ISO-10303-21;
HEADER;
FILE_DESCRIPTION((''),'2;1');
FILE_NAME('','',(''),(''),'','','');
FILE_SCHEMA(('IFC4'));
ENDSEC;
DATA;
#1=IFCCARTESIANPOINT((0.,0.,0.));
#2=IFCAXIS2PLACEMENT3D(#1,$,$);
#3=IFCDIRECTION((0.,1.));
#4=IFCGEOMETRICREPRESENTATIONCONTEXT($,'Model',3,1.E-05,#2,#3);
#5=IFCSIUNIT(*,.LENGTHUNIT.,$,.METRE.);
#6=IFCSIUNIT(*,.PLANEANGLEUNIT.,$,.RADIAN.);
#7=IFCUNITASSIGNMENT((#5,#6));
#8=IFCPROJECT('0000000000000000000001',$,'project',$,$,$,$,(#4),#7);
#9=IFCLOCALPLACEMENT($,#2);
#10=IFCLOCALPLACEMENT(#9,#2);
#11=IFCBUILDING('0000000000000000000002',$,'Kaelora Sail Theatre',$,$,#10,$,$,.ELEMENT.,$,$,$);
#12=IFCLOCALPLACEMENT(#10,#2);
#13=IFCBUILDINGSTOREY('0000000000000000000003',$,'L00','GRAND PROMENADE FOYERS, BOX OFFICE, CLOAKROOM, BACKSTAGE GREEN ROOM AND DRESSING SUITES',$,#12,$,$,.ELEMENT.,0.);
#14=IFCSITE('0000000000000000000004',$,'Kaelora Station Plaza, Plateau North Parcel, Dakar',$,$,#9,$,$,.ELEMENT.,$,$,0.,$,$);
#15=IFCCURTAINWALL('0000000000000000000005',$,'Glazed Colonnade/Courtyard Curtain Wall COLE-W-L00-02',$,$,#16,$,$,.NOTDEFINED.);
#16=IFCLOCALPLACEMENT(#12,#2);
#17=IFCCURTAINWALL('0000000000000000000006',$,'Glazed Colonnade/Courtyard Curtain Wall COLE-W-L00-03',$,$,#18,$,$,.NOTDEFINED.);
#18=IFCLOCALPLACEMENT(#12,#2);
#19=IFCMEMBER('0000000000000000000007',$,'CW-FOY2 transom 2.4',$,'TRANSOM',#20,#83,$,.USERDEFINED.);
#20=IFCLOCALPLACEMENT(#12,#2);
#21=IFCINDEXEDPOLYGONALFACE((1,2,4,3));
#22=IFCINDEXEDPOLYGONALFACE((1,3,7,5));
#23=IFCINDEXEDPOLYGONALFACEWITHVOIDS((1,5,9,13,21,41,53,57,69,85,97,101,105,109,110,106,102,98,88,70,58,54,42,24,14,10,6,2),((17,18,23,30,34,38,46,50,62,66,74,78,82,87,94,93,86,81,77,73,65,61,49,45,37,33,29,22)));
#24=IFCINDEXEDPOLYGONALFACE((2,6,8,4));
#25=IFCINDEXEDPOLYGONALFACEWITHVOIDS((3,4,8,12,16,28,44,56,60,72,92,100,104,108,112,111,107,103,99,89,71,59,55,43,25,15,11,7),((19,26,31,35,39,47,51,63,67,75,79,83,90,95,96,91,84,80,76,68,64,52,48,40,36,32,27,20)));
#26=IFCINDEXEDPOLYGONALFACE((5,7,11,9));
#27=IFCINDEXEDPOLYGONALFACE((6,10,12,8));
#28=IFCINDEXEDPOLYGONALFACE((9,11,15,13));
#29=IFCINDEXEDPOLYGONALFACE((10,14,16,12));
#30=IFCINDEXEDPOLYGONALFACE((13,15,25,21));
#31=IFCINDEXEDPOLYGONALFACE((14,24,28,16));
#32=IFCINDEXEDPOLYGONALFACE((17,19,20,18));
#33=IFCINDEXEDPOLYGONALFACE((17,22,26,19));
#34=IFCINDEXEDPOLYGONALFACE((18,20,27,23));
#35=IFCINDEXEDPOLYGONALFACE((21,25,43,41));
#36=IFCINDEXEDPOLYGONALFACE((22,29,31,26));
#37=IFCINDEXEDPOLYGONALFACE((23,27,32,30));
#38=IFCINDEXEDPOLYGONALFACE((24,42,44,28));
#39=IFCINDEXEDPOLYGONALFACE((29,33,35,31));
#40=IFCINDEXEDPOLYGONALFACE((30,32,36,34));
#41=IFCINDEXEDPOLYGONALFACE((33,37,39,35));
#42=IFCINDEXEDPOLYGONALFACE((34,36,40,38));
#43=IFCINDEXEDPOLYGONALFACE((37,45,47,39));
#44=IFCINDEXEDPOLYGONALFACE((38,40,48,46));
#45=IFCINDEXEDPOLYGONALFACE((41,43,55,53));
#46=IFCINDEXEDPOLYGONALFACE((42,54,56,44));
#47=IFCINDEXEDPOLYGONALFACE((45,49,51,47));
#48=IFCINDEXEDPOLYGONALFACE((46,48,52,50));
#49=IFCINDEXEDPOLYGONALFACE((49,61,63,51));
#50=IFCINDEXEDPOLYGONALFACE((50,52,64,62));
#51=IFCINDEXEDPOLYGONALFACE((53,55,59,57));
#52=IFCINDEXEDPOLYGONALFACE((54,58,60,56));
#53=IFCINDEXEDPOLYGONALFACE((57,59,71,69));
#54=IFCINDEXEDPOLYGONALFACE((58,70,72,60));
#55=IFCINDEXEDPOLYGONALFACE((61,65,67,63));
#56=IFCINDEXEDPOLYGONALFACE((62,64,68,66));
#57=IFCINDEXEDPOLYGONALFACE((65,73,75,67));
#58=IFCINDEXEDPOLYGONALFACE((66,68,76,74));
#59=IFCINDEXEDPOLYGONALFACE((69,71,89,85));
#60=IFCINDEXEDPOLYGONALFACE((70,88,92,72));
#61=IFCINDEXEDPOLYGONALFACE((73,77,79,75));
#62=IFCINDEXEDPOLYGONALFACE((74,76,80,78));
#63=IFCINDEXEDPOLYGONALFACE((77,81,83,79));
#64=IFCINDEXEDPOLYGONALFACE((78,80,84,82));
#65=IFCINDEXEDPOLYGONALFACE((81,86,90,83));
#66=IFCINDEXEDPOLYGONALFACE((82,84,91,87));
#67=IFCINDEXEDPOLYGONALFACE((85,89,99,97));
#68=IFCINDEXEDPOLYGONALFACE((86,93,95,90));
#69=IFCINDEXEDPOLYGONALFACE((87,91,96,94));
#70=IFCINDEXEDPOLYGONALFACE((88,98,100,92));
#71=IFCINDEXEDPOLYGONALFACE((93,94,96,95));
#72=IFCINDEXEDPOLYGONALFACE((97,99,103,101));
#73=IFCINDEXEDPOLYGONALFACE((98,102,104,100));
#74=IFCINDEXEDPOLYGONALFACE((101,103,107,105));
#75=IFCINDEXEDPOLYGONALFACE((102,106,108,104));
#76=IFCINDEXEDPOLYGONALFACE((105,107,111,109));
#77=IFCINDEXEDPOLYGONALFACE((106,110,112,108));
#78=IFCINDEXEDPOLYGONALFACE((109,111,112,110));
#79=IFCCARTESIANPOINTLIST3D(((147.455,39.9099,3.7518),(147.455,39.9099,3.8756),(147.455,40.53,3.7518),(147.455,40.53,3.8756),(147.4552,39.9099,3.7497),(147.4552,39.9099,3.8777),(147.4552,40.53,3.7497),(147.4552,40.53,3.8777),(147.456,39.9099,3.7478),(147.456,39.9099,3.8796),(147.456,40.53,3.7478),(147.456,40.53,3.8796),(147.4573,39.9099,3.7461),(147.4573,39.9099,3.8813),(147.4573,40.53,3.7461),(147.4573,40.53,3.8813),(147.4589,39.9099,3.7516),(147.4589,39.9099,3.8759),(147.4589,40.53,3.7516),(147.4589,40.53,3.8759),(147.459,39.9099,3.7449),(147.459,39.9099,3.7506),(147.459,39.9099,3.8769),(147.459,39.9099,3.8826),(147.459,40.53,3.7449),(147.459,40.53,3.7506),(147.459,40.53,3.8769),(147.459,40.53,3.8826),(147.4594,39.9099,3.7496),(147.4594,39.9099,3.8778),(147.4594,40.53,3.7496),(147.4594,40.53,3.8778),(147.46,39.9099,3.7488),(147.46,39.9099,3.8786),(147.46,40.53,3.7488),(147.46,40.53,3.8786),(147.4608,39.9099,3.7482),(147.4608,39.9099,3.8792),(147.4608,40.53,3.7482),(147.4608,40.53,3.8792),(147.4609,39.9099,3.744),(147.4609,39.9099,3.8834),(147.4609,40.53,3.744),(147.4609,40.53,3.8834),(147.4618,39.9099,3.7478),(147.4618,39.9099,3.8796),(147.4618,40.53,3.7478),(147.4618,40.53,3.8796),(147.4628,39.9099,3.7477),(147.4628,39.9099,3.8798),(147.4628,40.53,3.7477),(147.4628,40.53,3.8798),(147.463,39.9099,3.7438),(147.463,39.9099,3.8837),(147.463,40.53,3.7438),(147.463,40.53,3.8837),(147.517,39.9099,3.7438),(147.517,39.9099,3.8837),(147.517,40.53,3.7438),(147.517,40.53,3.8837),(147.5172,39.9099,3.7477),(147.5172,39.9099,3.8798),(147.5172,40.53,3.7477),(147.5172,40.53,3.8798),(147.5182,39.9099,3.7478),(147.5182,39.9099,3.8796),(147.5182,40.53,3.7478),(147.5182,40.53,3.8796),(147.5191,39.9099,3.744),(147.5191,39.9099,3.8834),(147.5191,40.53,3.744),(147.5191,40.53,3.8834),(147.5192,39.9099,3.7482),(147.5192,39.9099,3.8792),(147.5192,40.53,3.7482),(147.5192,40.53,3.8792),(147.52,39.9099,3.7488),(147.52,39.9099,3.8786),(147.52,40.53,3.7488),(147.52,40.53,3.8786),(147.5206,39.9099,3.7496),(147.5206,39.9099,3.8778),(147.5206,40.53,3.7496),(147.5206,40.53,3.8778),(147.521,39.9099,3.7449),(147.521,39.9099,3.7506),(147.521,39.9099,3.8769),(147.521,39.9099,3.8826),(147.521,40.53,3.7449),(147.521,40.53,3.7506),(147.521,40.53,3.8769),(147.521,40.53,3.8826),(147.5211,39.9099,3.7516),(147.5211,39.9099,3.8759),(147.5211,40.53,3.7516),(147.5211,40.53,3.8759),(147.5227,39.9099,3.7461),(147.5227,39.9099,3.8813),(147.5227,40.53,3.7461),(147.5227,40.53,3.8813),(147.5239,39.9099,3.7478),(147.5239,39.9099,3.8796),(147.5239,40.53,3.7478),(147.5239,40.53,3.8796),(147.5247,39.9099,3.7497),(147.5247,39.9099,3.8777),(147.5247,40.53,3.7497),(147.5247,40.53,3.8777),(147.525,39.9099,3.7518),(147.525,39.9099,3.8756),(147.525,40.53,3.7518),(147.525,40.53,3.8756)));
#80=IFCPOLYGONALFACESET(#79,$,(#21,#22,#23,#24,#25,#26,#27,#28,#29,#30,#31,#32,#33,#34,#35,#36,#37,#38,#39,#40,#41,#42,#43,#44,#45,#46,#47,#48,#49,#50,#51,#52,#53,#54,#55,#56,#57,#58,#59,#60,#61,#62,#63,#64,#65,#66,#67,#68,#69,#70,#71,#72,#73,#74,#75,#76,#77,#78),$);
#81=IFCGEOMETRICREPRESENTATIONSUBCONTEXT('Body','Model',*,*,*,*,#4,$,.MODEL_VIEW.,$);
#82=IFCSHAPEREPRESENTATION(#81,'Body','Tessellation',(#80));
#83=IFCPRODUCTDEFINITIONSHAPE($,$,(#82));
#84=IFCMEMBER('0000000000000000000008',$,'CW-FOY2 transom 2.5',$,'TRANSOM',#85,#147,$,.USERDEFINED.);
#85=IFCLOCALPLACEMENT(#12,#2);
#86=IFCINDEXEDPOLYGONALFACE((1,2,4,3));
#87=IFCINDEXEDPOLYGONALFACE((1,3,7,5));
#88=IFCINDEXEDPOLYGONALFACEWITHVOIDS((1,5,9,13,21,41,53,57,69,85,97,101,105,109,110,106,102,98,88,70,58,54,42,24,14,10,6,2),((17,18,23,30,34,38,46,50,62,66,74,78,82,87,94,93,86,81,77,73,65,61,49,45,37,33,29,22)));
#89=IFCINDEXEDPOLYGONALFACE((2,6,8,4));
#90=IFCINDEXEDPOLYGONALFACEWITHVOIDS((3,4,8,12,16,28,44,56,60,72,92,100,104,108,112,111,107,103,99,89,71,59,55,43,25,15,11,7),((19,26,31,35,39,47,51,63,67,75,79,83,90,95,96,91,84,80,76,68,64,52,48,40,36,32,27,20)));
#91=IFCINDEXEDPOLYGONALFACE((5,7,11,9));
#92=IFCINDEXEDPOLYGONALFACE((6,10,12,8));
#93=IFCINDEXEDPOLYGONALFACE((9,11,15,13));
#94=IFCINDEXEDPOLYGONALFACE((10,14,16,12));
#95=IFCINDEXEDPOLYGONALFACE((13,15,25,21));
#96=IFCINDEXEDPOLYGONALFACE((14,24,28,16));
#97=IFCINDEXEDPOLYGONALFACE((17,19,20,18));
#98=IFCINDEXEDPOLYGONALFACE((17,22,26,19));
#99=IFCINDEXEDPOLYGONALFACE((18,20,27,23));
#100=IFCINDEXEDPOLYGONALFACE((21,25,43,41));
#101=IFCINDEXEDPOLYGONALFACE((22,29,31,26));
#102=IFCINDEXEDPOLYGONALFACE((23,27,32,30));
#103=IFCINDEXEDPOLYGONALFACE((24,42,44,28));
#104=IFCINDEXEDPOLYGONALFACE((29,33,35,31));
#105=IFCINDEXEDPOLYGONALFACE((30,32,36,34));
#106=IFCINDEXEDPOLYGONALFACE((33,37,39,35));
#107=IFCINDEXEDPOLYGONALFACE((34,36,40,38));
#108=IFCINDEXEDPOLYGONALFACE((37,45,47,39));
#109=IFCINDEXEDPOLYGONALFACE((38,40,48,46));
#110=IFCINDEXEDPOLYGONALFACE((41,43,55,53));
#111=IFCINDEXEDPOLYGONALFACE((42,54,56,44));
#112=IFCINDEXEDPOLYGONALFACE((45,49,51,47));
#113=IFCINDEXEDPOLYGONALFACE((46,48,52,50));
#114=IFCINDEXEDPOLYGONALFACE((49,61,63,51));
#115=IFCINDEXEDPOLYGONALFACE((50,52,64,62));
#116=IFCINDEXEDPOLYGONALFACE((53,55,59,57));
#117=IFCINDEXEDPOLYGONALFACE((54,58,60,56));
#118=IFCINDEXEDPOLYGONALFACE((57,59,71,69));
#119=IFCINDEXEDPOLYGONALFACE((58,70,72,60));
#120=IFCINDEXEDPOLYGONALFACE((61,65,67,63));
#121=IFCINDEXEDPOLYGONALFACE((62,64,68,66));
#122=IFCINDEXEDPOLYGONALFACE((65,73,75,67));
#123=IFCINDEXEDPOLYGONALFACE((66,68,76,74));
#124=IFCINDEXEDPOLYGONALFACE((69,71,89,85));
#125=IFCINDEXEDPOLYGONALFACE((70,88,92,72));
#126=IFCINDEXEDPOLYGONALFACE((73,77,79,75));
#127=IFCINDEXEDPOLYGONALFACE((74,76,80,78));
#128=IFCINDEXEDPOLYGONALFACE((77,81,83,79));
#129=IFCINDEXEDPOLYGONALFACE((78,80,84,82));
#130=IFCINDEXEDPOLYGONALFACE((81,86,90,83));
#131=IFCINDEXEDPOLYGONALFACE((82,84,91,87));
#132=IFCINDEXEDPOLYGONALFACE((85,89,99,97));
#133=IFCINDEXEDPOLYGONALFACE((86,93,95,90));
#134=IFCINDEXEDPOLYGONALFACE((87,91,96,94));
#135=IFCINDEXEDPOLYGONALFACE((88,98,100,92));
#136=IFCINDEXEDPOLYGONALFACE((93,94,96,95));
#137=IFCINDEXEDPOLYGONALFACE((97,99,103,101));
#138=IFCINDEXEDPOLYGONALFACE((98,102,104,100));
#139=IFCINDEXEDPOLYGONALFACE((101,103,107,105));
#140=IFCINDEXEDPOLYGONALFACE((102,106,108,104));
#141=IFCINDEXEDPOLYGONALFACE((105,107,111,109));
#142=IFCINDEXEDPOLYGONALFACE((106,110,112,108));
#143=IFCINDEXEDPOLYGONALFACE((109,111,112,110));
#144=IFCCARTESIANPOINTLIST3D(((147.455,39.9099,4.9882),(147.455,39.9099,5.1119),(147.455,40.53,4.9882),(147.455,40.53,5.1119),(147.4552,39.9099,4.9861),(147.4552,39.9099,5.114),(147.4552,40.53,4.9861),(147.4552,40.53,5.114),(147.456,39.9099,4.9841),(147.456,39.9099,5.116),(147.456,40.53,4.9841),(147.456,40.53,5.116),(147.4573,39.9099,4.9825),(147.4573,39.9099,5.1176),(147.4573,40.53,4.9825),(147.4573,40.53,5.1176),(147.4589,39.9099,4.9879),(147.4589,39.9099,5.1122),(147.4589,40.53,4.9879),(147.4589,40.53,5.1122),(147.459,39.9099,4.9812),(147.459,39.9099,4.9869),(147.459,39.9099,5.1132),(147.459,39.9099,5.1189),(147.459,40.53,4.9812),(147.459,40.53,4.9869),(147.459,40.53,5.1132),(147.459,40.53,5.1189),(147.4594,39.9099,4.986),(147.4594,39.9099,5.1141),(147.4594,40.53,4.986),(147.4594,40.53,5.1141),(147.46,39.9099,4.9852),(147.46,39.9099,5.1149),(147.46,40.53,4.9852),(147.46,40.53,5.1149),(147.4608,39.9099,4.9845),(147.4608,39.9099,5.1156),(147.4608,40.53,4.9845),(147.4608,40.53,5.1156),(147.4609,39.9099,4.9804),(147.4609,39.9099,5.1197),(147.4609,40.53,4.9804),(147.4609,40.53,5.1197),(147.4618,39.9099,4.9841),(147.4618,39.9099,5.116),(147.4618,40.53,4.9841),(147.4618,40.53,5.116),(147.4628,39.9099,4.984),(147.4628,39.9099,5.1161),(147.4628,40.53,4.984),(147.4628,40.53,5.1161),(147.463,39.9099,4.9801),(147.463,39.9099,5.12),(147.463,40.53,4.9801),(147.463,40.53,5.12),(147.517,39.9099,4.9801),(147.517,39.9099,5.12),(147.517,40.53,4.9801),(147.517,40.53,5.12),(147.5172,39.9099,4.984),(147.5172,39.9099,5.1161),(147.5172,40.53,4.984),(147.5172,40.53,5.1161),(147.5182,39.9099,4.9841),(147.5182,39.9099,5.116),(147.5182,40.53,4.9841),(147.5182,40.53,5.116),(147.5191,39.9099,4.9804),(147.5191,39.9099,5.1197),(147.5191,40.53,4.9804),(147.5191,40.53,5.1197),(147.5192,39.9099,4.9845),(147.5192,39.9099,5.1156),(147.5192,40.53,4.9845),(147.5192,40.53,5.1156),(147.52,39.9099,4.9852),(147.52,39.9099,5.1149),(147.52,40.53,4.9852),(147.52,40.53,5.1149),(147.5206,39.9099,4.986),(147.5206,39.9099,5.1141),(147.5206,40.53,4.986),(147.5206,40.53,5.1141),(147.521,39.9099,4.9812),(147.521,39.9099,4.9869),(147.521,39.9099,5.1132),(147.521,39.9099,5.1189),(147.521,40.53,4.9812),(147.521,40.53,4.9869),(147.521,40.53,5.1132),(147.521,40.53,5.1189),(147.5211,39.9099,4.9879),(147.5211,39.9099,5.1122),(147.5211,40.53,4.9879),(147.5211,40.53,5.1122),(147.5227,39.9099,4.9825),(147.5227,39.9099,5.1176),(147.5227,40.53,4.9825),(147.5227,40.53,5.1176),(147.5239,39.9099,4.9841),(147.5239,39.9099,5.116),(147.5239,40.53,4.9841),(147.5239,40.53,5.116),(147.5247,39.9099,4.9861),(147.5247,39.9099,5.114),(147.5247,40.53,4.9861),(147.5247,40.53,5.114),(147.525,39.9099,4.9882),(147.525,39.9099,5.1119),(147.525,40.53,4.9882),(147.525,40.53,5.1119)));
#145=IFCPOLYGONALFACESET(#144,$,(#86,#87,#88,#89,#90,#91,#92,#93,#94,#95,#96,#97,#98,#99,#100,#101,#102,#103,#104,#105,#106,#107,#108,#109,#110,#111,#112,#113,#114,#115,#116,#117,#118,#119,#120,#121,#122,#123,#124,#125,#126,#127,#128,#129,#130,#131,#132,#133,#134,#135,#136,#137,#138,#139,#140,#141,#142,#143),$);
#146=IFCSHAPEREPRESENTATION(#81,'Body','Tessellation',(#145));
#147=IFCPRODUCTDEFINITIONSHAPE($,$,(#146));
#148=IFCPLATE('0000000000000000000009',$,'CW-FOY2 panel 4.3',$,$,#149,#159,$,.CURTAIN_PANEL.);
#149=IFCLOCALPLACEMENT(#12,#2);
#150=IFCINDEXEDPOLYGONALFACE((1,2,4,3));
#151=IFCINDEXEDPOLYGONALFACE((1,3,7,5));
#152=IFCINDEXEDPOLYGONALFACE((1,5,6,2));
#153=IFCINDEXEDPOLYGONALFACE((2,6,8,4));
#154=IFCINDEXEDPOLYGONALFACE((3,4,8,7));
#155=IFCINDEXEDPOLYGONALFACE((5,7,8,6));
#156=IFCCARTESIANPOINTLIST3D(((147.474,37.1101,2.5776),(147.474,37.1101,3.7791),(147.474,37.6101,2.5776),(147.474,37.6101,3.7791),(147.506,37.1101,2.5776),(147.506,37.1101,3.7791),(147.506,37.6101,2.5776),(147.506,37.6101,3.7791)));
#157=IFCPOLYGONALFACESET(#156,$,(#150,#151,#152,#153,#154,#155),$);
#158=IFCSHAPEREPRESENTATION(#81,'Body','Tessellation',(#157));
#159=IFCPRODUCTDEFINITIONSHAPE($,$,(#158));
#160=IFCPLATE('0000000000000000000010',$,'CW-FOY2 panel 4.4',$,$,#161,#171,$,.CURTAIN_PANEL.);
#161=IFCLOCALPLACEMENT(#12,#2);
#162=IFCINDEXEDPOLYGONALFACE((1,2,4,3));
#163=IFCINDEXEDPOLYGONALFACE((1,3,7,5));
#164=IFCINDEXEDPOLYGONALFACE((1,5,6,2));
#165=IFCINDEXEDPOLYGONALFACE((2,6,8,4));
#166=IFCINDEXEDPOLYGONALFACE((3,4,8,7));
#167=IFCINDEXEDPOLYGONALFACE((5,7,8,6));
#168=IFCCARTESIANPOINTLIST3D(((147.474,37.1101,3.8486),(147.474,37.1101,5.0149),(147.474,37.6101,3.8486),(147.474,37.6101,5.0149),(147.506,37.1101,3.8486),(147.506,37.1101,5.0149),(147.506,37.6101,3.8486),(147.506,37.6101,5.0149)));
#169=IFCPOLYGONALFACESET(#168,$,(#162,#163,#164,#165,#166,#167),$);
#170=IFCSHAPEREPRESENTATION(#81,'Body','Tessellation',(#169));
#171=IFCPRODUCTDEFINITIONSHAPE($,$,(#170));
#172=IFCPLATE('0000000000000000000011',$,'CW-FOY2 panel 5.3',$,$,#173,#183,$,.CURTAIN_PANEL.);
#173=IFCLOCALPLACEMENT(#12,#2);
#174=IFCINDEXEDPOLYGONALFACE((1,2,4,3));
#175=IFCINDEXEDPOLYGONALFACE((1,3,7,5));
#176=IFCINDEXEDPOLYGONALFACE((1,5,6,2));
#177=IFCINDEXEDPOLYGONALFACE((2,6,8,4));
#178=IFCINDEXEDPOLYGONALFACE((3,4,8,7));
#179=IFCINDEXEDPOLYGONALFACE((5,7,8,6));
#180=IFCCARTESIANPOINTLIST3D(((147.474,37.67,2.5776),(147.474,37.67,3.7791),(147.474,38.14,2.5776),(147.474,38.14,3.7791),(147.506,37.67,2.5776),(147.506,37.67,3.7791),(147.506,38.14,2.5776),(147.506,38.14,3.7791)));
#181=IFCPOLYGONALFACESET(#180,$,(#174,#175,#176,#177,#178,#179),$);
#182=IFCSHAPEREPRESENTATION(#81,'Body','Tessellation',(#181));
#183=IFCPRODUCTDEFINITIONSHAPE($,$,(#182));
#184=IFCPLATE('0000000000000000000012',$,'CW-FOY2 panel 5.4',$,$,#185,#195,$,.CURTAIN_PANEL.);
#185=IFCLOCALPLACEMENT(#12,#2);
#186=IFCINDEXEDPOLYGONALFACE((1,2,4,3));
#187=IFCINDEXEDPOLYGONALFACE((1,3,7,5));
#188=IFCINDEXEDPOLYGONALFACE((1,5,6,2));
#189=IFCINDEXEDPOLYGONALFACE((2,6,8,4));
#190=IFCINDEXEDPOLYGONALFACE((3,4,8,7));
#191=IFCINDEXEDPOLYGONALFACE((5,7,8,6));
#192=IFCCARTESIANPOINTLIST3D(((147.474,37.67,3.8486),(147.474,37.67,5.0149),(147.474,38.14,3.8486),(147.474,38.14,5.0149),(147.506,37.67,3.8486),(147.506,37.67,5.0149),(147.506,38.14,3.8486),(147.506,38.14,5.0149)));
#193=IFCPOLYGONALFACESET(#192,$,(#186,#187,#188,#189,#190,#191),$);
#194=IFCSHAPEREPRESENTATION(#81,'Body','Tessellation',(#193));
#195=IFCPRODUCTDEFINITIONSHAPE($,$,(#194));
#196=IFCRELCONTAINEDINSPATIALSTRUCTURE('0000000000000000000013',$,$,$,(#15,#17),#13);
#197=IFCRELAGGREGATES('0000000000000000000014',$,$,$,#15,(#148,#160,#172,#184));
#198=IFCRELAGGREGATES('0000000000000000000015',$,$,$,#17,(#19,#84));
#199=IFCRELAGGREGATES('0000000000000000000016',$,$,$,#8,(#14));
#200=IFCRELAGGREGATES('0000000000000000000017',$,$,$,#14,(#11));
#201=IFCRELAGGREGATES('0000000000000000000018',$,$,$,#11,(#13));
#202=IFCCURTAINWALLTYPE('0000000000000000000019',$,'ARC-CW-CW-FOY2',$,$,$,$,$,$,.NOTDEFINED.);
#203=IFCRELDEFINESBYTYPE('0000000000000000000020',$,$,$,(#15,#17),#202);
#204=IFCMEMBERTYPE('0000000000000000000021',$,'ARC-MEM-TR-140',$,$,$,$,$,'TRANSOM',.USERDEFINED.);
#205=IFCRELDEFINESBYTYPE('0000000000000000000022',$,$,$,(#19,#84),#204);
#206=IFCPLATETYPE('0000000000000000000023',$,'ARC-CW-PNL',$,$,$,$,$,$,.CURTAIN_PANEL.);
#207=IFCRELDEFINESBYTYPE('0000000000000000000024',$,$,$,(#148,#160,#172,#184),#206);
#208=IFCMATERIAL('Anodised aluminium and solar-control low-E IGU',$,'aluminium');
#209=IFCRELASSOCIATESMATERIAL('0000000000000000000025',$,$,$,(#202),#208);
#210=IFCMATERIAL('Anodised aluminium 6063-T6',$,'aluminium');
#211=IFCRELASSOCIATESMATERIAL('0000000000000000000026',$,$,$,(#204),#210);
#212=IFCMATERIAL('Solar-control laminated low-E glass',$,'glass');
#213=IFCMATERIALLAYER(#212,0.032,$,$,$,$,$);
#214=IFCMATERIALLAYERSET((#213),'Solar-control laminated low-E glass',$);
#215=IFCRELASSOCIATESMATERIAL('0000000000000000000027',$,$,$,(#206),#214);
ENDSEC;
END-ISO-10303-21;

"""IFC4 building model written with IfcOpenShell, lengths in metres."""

from ifc_helpers import new_model, si_unit, direction, frame, origin, origin_2d, place, context, subcontext, project, spatial, rectangle, hollow_rectangle, extrude, material, layer, layer_set, material_profile, profile_set, type_object, element, aggregate, save


model = new_model("IFC4")

# Units and contexts
model_context = context("Model", 3, precision=1e-05, world=origin(), true_north=direction((0.0, 1.0)))
body_context = subcontext(model_context, "Body", "Model", "MODEL_VIEW")
ifc_project = project(units=[si_unit("LENGTHUNIT", "METRE"), si_unit("PLANEANGLEUNIT", "RADIAN")], contexts=[model_context])

# Site, building, storey
site_placement = place(None, origin())
site = spatial("IfcSite", under=ifc_project, at=site_placement, Name="Kaelora Station Plaza, Plateau North Parcel, Dakar", CompositionType="ELEMENT", RefElevation=0.0)
building_placement = place(site_placement, origin())
building = spatial("IfcBuilding", under=site, at=building_placement, Name="Kaelora Sail Theatre", CompositionType="ELEMENT")
storey_placement = place(building_placement, origin())
storey = spatial("IfcBuildingStorey", under=building, at=storey_placement, Name="L00", Description="GRAND PROMENADE FOYERS, BOX OFFICE, CLOAKROOM, BACKSTAGE GREEN ROOM AND DRESSING SUITES", CompositionType="ELEMENT", Elevation=0.0)

# Curtain walls, members
ifc_material_1 = material(Name="Anodised aluminium and solar-control low-E IGU", Category="aluminium")
curtain_wall_type = type_object("IfcCurtainWallType", Name="ARC-CW-CW-FOY2", PredefinedType="NOTDEFINED", material=ifc_material_1)
curtain_wall_1_placement = place(storey_placement, origin())
curtain_wall_1 = element("IfcCurtainWall", 1, at=curtain_wall_1_placement, inside=storey, type_object=curtain_wall_type, Name="Glazed Colonnade/Courtyard Curtain Wall COLE-W-L00-02", PredefinedType="NOTDEFINED")
ifc_material_2 = material(Name="Anodised aluminium 6063-T6", Category="aluminium")
ifc_material_profile_1 = material_profile(ifc_material_2, hollow_rectangle(XDim=0.0701, YDim=0.1399, WallThickness=0.0039, InnerFilletRadius=0.0039, OuterFilletRadius=0.0081, at=origin_2d()), Name="ALU-TRAN 70x140x4")
ifc_profile_set_1 = profile_set([ifc_material_profile_1], Name="Anodised aluminium 6063-T6")
member_type_1 = type_object("IfcMemberType", Name="ARC-MEM-TR-140", ElementType="TRANSOM", PredefinedType="USERDEFINED", material=ifc_profile_set_1)
curtain_wall_2_placement = place(storey_placement, origin())
curtain_wall_2 = element("IfcCurtainWall", 2, at=curtain_wall_2_placement, inside=storey, type_object=curtain_wall_type, Name="Glazed Colonnade/Courtyard Curtain Wall COLE-W-L00-03", PredefinedType="NOTDEFINED")
member_1_placement = place(storey_placement, frame((147.49, 39.9099, 3.8137), z_axis=(0.0, 1.0, 0.0), x_axis=(-1.0, 0.0, 0.0)))
member_1 = element("IfcMember", 3, at=member_1_placement, type_object=member_type_1, Name="CW-FOY2 transom 2.4", ObjectType="TRANSOM", PredefinedType="USERDEFINED", context=body_context, shape_type="SweptSolid", body=[
    extrude(hollow_rectangle(XDim=0.0701, YDim=0.1399, WallThickness=0.0039, InnerFilletRadius=0.0039, OuterFilletRadius=0.0081, at=origin_2d()), origin(), (0.0, 0.0, 1.0), 0.6201),
])
member_2_placement = place(storey_placement, frame((147.49, 39.9099, 5.05), z_axis=(0.0, 1.0, 0.0), x_axis=(-1.0, 0.0, 0.0)))
member_2 = element("IfcMember", 4, at=member_2_placement, type_object=member_type_1, Name="CW-FOY2 transom 2.5", ObjectType="TRANSOM", PredefinedType="USERDEFINED", context=body_context, shape_type="SweptSolid", body=[
    extrude(hollow_rectangle(XDim=0.0701, YDim=0.1399, WallThickness=0.0039, InnerFilletRadius=0.0039, OuterFilletRadius=0.0081, at=origin_2d()), origin(), (0.0, 0.0, 1.0), 0.6201),
])

# Plates
ifc_material_3 = material(Name="Solar-control laminated low-E glass", Category="glass")
ifc_layer = layer(ifc_material_3, 0.032)
ifc_layer_set = layer_set([ifc_layer], Name="Solar-control laminated low-E glass")
plate_type = type_object("IfcPlateType", Name="ARC-CW-PNL", PredefinedType="CURTAIN_PANEL", material=ifc_layer_set)
plate_1_placement = place(storey_placement, frame((147.49, 37.3601, 2.5776), z_axis=(0.0, 0.0, 1.0), x_axis=(0.0, 1.0, 0.0)))
plate_1 = element("IfcPlate", 5, at=plate_1_placement, type_object=plate_type, Name="CW-FOY2 panel 4.3", PredefinedType="CURTAIN_PANEL", context=body_context, shape_type="SweptSolid", body=[
    extrude(rectangle(XDim=0.5, YDim=0.032, at=origin_2d()), origin(), (0.0, 0.0, 1.0), 1.2014),
])
plate_2_placement = place(storey_placement, frame((147.49, 37.3601, 3.8486), z_axis=(0.0, 0.0, 1.0), x_axis=(0.0, 1.0, 0.0)))
plate_2 = element("IfcPlate", 6, at=plate_2_placement, type_object=plate_type, Name="CW-FOY2 panel 4.4", PredefinedType="CURTAIN_PANEL", context=body_context, shape_type="SweptSolid", body=[
    extrude(rectangle(XDim=0.5, YDim=0.032, at=origin_2d()), origin(), (0.0, 0.0, 1.0), 1.1663),
])
plate_3_placement = place(storey_placement, frame((147.49, 37.905, 2.5776), z_axis=(0.0, 0.0, 1.0), x_axis=(0.0, 1.0, 0.0)))
plate_3 = element("IfcPlate", 7, at=plate_3_placement, type_object=plate_type, Name="CW-FOY2 panel 5.3", PredefinedType="CURTAIN_PANEL", context=body_context, shape_type="SweptSolid", body=[
    extrude(rectangle(XDim=0.47, YDim=0.032, at=origin_2d()), origin(), (0.0, 0.0, 1.0), 1.2014),
])
plate_4_placement = place(storey_placement, frame((147.49, 37.905, 3.8486), z_axis=(0.0, 0.0, 1.0), x_axis=(0.0, 1.0, 0.0)))
plate_4 = element("IfcPlate", 8, at=plate_4_placement, type_object=plate_type, Name="CW-FOY2 panel 5.4", PredefinedType="CURTAIN_PANEL", context=body_context, shape_type="SweptSolid", body=[
    extrude(rectangle(XDim=0.47, YDim=0.032, at=origin_2d()), origin(), (0.0, 0.0, 1.0), 1.1663),
])
aggregate(curtain_wall_1, [plate_1, plate_2, plate_3, plate_4])
aggregate(curtain_wall_2, [member_1, member_2])

save(model, "model.ifc")
